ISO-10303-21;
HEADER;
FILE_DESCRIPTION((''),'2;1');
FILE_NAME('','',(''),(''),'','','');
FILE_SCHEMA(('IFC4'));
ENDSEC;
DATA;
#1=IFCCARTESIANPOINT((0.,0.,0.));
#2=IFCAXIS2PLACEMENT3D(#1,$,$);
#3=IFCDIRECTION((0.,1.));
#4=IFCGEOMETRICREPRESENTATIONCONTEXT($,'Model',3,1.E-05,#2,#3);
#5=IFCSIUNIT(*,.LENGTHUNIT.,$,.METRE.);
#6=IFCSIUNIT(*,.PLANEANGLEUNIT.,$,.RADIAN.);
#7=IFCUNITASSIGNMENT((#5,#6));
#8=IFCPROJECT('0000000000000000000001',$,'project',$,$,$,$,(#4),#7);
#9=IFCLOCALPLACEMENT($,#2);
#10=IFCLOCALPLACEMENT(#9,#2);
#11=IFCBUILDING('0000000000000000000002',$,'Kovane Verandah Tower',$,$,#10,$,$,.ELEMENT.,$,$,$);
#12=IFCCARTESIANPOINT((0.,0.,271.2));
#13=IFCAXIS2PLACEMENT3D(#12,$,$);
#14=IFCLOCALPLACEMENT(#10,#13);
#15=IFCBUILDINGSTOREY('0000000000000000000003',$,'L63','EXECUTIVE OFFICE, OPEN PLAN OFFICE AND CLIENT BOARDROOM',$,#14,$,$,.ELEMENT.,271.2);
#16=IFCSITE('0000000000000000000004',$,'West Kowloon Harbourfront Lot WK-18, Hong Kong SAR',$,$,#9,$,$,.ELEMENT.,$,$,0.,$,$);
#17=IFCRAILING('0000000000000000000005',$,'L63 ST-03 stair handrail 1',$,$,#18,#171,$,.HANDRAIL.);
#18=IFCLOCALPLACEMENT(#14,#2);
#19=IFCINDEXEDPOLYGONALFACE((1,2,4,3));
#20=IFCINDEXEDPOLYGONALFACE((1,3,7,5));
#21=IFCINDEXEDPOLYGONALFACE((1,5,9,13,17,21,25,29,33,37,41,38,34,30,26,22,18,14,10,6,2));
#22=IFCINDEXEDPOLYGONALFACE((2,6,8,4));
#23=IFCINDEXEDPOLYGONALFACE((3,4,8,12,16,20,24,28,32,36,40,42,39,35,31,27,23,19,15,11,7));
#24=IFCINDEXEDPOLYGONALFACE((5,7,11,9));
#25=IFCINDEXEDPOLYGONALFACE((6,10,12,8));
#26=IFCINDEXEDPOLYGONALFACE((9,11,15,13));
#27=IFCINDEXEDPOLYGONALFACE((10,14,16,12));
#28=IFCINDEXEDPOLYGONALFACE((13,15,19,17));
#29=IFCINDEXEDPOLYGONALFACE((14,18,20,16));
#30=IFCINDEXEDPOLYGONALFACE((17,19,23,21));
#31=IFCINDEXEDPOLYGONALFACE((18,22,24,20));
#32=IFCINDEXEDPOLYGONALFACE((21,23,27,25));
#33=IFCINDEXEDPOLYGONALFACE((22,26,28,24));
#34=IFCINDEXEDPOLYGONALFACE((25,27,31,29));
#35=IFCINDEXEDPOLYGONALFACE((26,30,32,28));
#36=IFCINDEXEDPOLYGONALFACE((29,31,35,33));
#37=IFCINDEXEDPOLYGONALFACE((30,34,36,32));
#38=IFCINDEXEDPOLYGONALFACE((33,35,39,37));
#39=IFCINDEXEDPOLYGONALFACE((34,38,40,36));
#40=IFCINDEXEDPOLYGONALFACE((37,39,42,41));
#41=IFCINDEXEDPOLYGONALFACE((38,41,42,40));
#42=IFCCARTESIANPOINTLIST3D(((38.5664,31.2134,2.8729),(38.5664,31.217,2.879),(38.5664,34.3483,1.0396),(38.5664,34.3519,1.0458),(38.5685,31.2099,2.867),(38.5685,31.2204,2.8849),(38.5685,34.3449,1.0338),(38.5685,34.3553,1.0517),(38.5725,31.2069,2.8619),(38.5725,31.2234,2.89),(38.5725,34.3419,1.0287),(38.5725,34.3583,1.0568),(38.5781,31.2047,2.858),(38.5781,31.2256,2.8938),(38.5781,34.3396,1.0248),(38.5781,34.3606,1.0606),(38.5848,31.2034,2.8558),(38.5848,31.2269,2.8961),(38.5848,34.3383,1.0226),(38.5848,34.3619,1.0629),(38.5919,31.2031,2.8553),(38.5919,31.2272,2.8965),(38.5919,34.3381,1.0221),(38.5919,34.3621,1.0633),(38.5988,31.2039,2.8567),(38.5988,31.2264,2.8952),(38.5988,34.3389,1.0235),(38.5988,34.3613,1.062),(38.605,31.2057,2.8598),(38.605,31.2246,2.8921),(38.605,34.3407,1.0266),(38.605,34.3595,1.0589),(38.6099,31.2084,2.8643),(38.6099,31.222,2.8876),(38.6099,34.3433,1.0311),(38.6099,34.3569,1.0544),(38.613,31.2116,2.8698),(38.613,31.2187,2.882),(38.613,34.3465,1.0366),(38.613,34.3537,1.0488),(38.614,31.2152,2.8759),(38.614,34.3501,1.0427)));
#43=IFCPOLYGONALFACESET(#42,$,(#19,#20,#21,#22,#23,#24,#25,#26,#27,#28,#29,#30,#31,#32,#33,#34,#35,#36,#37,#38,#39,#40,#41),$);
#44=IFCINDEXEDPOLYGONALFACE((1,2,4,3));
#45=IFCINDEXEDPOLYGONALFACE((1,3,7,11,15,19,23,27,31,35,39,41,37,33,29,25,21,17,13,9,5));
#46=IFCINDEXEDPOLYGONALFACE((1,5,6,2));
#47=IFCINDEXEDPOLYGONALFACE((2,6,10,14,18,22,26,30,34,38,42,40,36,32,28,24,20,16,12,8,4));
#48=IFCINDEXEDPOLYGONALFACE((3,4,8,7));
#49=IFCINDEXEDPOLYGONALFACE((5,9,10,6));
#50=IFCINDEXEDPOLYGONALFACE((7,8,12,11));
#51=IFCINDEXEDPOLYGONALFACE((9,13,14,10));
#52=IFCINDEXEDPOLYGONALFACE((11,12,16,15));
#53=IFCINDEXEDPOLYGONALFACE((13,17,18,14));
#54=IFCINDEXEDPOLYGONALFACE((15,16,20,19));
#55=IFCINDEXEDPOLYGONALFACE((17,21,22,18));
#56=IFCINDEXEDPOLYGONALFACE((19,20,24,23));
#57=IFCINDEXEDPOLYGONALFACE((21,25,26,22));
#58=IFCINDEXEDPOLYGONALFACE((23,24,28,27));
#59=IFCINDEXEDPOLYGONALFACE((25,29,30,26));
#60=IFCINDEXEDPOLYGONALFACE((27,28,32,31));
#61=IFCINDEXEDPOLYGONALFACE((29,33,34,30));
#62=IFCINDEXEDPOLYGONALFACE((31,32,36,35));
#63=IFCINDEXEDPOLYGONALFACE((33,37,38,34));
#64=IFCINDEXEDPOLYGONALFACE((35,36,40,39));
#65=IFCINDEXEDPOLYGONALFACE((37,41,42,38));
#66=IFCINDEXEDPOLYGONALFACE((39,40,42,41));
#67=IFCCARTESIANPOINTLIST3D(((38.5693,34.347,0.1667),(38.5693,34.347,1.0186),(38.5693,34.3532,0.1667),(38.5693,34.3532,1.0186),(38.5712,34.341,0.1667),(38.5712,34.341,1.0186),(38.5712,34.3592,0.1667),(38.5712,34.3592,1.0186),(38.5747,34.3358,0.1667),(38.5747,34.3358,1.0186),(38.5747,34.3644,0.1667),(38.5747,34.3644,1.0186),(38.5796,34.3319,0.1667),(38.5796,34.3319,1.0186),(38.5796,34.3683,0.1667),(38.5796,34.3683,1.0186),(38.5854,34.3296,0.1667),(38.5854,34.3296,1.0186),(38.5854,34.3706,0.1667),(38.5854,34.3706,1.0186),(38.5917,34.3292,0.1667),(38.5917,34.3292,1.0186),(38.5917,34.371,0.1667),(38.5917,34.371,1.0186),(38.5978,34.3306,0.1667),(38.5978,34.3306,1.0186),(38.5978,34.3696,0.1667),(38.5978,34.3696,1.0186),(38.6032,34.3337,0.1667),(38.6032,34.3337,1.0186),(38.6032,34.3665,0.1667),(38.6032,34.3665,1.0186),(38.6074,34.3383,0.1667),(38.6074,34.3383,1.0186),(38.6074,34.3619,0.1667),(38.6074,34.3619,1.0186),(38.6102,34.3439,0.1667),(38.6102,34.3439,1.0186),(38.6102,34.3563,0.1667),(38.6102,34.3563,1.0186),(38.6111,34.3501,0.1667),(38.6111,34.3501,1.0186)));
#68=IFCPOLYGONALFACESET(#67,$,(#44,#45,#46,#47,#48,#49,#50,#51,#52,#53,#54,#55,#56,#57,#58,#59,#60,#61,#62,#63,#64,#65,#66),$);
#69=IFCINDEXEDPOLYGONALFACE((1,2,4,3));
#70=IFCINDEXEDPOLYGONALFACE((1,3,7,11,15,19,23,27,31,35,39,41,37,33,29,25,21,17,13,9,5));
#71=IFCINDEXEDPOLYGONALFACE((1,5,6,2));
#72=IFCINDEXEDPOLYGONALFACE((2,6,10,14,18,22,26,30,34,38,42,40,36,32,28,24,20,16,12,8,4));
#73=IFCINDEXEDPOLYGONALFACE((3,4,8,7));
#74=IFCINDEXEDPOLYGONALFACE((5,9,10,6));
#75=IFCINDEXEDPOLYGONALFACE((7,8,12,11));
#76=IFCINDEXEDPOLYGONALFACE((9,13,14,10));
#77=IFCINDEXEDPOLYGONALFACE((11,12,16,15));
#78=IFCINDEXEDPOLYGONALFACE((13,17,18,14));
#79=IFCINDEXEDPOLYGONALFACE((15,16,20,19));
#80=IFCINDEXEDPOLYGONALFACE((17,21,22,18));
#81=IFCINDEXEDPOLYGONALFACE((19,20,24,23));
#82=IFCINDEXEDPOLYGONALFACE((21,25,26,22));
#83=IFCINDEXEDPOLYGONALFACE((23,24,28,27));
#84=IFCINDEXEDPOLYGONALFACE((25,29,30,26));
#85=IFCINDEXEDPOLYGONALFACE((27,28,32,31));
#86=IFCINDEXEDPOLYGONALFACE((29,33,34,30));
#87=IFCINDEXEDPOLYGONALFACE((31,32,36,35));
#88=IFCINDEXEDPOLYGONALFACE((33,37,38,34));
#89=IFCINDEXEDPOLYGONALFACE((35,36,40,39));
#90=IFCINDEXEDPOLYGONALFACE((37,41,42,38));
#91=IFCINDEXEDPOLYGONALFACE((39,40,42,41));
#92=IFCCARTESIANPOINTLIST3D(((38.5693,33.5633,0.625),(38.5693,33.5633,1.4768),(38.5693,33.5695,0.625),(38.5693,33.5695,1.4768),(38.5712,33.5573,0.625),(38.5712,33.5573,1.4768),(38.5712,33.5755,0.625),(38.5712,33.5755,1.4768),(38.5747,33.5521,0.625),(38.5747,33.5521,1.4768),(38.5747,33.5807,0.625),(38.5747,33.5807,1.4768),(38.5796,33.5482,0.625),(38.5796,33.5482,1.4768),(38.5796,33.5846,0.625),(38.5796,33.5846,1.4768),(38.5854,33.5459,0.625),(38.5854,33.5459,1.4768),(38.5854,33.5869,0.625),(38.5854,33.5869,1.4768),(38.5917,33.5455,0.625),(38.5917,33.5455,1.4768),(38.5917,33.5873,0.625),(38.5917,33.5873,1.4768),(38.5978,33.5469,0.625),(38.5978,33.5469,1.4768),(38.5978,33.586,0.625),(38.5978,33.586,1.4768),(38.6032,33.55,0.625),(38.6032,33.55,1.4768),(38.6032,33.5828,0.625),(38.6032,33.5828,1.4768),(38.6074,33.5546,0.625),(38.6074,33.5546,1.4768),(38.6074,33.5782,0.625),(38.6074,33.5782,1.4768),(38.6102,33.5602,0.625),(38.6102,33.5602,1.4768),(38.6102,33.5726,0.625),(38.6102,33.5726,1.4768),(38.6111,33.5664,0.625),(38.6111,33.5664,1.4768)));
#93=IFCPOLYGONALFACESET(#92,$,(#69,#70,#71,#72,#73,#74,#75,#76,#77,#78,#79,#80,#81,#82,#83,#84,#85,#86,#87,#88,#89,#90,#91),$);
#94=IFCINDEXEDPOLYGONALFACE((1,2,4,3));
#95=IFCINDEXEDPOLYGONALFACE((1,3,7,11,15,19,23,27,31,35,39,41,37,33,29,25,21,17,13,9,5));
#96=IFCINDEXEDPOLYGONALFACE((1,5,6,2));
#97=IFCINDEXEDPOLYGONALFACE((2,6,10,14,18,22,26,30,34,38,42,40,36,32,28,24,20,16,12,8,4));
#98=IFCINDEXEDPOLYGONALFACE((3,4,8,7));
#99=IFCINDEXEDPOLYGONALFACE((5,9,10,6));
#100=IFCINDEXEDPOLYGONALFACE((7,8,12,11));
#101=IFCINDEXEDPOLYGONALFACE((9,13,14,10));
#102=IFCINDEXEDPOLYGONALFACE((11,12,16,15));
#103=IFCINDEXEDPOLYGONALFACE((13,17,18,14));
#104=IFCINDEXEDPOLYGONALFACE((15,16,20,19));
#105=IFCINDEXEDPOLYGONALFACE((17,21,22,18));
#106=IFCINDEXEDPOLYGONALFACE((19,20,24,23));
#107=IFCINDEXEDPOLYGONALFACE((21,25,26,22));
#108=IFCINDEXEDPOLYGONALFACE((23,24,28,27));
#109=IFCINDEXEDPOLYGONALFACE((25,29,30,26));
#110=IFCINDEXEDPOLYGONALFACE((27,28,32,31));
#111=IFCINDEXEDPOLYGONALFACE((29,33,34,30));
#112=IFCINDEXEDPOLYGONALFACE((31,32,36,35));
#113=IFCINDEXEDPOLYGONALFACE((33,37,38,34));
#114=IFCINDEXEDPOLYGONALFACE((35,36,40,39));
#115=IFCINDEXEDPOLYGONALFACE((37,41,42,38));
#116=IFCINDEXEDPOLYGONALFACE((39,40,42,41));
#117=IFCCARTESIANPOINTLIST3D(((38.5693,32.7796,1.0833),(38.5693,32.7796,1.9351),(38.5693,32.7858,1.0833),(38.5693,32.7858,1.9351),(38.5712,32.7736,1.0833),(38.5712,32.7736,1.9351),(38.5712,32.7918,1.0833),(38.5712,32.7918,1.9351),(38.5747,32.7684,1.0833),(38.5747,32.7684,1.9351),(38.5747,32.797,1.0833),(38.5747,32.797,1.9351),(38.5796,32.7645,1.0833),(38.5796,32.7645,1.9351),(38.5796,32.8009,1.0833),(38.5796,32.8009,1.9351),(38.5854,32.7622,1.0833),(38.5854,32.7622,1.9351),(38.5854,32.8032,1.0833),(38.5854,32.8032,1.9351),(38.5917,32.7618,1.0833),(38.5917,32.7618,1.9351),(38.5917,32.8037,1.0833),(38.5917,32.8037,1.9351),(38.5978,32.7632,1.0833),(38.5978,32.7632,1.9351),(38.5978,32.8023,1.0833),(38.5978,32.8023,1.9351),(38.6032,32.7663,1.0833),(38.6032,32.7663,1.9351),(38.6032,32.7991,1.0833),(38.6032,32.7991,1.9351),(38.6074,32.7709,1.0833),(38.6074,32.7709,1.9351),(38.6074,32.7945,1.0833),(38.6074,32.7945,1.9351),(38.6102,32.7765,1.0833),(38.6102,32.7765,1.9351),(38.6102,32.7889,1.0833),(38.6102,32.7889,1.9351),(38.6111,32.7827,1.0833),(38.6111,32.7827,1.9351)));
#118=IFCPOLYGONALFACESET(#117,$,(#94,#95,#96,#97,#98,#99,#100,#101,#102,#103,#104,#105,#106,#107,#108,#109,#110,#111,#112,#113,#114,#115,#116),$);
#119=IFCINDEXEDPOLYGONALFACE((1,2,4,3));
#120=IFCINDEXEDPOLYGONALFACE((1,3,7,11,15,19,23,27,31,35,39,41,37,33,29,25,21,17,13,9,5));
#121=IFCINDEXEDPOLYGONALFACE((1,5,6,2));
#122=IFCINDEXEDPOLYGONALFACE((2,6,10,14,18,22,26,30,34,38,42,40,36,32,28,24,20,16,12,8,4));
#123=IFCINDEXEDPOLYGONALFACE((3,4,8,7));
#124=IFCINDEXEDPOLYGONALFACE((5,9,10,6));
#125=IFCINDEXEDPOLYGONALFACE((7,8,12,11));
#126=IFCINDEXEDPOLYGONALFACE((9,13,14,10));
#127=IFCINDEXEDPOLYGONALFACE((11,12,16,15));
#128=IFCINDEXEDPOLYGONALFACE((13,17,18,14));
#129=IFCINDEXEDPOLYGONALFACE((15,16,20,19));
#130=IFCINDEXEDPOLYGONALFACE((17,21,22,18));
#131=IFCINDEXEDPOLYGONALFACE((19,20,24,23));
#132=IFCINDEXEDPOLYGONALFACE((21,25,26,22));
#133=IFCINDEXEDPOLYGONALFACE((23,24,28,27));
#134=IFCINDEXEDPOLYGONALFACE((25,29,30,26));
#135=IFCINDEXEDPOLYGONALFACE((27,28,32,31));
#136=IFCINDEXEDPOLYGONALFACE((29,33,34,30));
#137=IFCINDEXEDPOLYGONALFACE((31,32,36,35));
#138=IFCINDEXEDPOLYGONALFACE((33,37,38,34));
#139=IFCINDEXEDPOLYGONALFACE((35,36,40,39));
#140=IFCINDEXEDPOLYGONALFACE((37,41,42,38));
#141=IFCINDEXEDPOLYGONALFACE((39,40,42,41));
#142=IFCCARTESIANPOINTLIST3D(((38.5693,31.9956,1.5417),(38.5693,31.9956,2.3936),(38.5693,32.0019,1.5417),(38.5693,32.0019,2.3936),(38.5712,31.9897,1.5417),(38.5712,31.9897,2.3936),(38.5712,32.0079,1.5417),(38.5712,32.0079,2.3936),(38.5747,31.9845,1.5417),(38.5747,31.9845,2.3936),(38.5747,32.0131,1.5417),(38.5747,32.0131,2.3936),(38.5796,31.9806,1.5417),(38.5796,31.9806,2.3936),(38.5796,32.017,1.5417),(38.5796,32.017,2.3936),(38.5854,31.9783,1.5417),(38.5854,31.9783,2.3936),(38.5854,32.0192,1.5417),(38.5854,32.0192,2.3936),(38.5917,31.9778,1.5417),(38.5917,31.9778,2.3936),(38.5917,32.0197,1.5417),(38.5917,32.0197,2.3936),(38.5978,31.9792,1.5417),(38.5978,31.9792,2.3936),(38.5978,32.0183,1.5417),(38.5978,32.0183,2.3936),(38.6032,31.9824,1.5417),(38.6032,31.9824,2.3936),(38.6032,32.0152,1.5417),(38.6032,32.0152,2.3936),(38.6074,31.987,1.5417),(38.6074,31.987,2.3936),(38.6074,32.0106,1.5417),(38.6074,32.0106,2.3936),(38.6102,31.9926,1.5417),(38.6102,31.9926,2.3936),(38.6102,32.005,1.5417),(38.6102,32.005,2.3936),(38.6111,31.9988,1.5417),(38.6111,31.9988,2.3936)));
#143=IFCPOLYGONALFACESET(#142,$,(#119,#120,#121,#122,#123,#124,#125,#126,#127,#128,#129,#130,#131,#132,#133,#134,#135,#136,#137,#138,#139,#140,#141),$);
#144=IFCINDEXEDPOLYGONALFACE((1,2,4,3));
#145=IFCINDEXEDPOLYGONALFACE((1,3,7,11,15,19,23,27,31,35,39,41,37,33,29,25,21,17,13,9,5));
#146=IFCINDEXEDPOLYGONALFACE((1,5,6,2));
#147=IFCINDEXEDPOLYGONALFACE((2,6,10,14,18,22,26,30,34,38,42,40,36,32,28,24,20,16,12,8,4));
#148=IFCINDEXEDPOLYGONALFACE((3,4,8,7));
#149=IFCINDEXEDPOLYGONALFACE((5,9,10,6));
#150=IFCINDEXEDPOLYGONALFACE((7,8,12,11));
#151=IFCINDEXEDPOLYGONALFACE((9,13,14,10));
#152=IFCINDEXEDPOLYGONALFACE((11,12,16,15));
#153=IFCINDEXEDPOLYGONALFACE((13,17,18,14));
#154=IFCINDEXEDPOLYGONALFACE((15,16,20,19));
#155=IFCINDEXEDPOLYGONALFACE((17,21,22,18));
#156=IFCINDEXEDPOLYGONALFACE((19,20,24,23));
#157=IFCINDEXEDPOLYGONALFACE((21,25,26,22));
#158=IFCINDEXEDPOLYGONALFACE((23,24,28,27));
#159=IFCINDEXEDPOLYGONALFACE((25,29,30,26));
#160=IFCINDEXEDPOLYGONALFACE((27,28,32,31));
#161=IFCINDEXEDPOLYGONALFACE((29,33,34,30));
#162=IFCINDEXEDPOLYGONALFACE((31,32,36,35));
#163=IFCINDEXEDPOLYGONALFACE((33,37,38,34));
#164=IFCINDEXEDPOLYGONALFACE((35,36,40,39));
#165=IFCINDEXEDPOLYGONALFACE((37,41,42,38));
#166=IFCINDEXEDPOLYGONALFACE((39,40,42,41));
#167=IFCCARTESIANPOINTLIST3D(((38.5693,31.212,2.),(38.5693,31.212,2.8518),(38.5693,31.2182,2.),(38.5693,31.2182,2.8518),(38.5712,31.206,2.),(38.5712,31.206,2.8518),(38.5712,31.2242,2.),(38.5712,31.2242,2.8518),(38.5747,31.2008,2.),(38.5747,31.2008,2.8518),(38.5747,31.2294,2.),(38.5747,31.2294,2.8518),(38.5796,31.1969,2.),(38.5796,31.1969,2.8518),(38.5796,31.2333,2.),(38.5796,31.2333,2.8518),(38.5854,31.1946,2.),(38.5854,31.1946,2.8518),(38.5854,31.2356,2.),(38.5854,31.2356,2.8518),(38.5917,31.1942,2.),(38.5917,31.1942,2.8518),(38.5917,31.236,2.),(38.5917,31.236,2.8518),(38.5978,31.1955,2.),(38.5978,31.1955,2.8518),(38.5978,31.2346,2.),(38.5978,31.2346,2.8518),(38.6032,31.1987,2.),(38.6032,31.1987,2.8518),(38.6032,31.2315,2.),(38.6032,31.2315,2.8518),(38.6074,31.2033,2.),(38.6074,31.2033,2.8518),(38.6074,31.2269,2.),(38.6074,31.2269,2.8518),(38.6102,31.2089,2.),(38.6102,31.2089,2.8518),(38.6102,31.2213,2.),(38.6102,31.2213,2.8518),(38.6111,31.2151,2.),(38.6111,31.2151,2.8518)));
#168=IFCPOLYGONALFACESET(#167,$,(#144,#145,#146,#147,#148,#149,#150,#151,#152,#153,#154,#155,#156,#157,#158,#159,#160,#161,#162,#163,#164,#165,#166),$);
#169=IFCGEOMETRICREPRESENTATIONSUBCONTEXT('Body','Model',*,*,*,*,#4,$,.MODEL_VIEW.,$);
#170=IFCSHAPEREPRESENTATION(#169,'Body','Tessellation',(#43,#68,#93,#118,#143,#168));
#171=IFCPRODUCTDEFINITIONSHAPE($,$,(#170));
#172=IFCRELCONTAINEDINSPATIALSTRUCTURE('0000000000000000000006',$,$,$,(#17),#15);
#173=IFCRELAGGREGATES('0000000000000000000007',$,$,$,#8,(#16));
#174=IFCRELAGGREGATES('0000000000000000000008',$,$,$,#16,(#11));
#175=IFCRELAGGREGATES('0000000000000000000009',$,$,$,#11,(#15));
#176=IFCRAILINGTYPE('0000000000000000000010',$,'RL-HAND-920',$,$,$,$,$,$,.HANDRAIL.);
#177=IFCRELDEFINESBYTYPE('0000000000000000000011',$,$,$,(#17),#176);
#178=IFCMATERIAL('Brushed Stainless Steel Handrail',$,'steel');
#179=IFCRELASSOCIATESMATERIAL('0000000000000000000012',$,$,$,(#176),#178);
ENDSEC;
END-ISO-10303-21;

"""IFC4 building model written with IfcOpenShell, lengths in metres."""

from ifc_helpers import new_model, si_unit, direction, frame, origin, origin_2d, place, context, subcontext, project, spatial, circle, extrude, material, type_object, element, save


model = new_model("IFC4")

# Units and contexts
model_context = context("Model", 3, precision=1e-05, world=origin(), true_north=direction((0.0, 1.0)))
body_context = subcontext(model_context, "Body", "Model", "MODEL_VIEW")
ifc_project = project(units=[si_unit("LENGTHUNIT", "METRE"), si_unit("PLANEANGLEUNIT", "RADIAN")], contexts=[model_context])

# Site, building, storey
site_placement = place(None, origin())
site = spatial("IfcSite", under=ifc_project, at=site_placement, Name="West Kowloon Harbourfront Lot WK-18, Hong Kong SAR", CompositionType="ELEMENT", RefElevation=0.0)
building_placement = place(site_placement, origin())
building = spatial("IfcBuilding", under=site, at=building_placement, Name="Kovane Verandah Tower", CompositionType="ELEMENT")
storey_placement = place(building_placement, frame((0.0, 0.0, 271.2)))
storey = spatial("IfcBuildingStorey", under=building, at=storey_placement, Name="L63", Description="EXECUTIVE OFFICE, OPEN PLAN OFFICE AND CLIENT BOARDROOM", CompositionType="ELEMENT", Elevation=271.2)

# Railing
ifc_material_1 = material(Name="Brushed Stainless Steel Handrail", Category="steel")
railing_type_1 = type_object("IfcRailingType", Name="RL-HAND-920", PredefinedType="HANDRAIL", material=ifc_material_1)
for number, where, name in (
    (1, (38.5901, 34.3501, 0.1667), "L63 ST-03 stair handrail 1"),
):
    element("IfcRailing", number, at=place(storey_placement, frame(where)), inside=storey, type_object=railing_type_1, Name=name, PredefinedType="HANDRAIL", context=body_context, shape_type="SweptSolid", body=[
        extrude(circle(Radius=0.0239, at=origin_2d()), frame((0.0, 0.0, 0.876), z_axis=(0.0, -0.86324, 0.504794), x_axis=(1.0, 0.0, 0.0)), (0.0, 0.0, 1.0), 3.6316),
        extrude(circle(Radius=0.021, at=origin_2d()), origin(), (0.0, 0.0, 1.0), 0.8518),
        extrude(circle(Radius=0.021, at=origin_2d()), frame((0.0, -0.7837, 0.4583)), (0.0, 0.0, 1.0), 0.8518),
        extrude(circle(Radius=0.021, at=origin_2d()), frame((0.0, -1.5674, 0.9165)), (0.0, 0.0, 1.0), 0.8518),
        extrude(circle(Radius=0.021, at=origin_2d()), frame((0.0, -2.3513, 1.375)), (0.0, 0.0, 1.0), 0.8518),
        extrude(circle(Radius=0.021, at=origin_2d()), frame((0.0, -3.135, 1.8333)), (0.0, 0.0, 1.0), 0.8518),
    ])

save(model, "model.ifc")
